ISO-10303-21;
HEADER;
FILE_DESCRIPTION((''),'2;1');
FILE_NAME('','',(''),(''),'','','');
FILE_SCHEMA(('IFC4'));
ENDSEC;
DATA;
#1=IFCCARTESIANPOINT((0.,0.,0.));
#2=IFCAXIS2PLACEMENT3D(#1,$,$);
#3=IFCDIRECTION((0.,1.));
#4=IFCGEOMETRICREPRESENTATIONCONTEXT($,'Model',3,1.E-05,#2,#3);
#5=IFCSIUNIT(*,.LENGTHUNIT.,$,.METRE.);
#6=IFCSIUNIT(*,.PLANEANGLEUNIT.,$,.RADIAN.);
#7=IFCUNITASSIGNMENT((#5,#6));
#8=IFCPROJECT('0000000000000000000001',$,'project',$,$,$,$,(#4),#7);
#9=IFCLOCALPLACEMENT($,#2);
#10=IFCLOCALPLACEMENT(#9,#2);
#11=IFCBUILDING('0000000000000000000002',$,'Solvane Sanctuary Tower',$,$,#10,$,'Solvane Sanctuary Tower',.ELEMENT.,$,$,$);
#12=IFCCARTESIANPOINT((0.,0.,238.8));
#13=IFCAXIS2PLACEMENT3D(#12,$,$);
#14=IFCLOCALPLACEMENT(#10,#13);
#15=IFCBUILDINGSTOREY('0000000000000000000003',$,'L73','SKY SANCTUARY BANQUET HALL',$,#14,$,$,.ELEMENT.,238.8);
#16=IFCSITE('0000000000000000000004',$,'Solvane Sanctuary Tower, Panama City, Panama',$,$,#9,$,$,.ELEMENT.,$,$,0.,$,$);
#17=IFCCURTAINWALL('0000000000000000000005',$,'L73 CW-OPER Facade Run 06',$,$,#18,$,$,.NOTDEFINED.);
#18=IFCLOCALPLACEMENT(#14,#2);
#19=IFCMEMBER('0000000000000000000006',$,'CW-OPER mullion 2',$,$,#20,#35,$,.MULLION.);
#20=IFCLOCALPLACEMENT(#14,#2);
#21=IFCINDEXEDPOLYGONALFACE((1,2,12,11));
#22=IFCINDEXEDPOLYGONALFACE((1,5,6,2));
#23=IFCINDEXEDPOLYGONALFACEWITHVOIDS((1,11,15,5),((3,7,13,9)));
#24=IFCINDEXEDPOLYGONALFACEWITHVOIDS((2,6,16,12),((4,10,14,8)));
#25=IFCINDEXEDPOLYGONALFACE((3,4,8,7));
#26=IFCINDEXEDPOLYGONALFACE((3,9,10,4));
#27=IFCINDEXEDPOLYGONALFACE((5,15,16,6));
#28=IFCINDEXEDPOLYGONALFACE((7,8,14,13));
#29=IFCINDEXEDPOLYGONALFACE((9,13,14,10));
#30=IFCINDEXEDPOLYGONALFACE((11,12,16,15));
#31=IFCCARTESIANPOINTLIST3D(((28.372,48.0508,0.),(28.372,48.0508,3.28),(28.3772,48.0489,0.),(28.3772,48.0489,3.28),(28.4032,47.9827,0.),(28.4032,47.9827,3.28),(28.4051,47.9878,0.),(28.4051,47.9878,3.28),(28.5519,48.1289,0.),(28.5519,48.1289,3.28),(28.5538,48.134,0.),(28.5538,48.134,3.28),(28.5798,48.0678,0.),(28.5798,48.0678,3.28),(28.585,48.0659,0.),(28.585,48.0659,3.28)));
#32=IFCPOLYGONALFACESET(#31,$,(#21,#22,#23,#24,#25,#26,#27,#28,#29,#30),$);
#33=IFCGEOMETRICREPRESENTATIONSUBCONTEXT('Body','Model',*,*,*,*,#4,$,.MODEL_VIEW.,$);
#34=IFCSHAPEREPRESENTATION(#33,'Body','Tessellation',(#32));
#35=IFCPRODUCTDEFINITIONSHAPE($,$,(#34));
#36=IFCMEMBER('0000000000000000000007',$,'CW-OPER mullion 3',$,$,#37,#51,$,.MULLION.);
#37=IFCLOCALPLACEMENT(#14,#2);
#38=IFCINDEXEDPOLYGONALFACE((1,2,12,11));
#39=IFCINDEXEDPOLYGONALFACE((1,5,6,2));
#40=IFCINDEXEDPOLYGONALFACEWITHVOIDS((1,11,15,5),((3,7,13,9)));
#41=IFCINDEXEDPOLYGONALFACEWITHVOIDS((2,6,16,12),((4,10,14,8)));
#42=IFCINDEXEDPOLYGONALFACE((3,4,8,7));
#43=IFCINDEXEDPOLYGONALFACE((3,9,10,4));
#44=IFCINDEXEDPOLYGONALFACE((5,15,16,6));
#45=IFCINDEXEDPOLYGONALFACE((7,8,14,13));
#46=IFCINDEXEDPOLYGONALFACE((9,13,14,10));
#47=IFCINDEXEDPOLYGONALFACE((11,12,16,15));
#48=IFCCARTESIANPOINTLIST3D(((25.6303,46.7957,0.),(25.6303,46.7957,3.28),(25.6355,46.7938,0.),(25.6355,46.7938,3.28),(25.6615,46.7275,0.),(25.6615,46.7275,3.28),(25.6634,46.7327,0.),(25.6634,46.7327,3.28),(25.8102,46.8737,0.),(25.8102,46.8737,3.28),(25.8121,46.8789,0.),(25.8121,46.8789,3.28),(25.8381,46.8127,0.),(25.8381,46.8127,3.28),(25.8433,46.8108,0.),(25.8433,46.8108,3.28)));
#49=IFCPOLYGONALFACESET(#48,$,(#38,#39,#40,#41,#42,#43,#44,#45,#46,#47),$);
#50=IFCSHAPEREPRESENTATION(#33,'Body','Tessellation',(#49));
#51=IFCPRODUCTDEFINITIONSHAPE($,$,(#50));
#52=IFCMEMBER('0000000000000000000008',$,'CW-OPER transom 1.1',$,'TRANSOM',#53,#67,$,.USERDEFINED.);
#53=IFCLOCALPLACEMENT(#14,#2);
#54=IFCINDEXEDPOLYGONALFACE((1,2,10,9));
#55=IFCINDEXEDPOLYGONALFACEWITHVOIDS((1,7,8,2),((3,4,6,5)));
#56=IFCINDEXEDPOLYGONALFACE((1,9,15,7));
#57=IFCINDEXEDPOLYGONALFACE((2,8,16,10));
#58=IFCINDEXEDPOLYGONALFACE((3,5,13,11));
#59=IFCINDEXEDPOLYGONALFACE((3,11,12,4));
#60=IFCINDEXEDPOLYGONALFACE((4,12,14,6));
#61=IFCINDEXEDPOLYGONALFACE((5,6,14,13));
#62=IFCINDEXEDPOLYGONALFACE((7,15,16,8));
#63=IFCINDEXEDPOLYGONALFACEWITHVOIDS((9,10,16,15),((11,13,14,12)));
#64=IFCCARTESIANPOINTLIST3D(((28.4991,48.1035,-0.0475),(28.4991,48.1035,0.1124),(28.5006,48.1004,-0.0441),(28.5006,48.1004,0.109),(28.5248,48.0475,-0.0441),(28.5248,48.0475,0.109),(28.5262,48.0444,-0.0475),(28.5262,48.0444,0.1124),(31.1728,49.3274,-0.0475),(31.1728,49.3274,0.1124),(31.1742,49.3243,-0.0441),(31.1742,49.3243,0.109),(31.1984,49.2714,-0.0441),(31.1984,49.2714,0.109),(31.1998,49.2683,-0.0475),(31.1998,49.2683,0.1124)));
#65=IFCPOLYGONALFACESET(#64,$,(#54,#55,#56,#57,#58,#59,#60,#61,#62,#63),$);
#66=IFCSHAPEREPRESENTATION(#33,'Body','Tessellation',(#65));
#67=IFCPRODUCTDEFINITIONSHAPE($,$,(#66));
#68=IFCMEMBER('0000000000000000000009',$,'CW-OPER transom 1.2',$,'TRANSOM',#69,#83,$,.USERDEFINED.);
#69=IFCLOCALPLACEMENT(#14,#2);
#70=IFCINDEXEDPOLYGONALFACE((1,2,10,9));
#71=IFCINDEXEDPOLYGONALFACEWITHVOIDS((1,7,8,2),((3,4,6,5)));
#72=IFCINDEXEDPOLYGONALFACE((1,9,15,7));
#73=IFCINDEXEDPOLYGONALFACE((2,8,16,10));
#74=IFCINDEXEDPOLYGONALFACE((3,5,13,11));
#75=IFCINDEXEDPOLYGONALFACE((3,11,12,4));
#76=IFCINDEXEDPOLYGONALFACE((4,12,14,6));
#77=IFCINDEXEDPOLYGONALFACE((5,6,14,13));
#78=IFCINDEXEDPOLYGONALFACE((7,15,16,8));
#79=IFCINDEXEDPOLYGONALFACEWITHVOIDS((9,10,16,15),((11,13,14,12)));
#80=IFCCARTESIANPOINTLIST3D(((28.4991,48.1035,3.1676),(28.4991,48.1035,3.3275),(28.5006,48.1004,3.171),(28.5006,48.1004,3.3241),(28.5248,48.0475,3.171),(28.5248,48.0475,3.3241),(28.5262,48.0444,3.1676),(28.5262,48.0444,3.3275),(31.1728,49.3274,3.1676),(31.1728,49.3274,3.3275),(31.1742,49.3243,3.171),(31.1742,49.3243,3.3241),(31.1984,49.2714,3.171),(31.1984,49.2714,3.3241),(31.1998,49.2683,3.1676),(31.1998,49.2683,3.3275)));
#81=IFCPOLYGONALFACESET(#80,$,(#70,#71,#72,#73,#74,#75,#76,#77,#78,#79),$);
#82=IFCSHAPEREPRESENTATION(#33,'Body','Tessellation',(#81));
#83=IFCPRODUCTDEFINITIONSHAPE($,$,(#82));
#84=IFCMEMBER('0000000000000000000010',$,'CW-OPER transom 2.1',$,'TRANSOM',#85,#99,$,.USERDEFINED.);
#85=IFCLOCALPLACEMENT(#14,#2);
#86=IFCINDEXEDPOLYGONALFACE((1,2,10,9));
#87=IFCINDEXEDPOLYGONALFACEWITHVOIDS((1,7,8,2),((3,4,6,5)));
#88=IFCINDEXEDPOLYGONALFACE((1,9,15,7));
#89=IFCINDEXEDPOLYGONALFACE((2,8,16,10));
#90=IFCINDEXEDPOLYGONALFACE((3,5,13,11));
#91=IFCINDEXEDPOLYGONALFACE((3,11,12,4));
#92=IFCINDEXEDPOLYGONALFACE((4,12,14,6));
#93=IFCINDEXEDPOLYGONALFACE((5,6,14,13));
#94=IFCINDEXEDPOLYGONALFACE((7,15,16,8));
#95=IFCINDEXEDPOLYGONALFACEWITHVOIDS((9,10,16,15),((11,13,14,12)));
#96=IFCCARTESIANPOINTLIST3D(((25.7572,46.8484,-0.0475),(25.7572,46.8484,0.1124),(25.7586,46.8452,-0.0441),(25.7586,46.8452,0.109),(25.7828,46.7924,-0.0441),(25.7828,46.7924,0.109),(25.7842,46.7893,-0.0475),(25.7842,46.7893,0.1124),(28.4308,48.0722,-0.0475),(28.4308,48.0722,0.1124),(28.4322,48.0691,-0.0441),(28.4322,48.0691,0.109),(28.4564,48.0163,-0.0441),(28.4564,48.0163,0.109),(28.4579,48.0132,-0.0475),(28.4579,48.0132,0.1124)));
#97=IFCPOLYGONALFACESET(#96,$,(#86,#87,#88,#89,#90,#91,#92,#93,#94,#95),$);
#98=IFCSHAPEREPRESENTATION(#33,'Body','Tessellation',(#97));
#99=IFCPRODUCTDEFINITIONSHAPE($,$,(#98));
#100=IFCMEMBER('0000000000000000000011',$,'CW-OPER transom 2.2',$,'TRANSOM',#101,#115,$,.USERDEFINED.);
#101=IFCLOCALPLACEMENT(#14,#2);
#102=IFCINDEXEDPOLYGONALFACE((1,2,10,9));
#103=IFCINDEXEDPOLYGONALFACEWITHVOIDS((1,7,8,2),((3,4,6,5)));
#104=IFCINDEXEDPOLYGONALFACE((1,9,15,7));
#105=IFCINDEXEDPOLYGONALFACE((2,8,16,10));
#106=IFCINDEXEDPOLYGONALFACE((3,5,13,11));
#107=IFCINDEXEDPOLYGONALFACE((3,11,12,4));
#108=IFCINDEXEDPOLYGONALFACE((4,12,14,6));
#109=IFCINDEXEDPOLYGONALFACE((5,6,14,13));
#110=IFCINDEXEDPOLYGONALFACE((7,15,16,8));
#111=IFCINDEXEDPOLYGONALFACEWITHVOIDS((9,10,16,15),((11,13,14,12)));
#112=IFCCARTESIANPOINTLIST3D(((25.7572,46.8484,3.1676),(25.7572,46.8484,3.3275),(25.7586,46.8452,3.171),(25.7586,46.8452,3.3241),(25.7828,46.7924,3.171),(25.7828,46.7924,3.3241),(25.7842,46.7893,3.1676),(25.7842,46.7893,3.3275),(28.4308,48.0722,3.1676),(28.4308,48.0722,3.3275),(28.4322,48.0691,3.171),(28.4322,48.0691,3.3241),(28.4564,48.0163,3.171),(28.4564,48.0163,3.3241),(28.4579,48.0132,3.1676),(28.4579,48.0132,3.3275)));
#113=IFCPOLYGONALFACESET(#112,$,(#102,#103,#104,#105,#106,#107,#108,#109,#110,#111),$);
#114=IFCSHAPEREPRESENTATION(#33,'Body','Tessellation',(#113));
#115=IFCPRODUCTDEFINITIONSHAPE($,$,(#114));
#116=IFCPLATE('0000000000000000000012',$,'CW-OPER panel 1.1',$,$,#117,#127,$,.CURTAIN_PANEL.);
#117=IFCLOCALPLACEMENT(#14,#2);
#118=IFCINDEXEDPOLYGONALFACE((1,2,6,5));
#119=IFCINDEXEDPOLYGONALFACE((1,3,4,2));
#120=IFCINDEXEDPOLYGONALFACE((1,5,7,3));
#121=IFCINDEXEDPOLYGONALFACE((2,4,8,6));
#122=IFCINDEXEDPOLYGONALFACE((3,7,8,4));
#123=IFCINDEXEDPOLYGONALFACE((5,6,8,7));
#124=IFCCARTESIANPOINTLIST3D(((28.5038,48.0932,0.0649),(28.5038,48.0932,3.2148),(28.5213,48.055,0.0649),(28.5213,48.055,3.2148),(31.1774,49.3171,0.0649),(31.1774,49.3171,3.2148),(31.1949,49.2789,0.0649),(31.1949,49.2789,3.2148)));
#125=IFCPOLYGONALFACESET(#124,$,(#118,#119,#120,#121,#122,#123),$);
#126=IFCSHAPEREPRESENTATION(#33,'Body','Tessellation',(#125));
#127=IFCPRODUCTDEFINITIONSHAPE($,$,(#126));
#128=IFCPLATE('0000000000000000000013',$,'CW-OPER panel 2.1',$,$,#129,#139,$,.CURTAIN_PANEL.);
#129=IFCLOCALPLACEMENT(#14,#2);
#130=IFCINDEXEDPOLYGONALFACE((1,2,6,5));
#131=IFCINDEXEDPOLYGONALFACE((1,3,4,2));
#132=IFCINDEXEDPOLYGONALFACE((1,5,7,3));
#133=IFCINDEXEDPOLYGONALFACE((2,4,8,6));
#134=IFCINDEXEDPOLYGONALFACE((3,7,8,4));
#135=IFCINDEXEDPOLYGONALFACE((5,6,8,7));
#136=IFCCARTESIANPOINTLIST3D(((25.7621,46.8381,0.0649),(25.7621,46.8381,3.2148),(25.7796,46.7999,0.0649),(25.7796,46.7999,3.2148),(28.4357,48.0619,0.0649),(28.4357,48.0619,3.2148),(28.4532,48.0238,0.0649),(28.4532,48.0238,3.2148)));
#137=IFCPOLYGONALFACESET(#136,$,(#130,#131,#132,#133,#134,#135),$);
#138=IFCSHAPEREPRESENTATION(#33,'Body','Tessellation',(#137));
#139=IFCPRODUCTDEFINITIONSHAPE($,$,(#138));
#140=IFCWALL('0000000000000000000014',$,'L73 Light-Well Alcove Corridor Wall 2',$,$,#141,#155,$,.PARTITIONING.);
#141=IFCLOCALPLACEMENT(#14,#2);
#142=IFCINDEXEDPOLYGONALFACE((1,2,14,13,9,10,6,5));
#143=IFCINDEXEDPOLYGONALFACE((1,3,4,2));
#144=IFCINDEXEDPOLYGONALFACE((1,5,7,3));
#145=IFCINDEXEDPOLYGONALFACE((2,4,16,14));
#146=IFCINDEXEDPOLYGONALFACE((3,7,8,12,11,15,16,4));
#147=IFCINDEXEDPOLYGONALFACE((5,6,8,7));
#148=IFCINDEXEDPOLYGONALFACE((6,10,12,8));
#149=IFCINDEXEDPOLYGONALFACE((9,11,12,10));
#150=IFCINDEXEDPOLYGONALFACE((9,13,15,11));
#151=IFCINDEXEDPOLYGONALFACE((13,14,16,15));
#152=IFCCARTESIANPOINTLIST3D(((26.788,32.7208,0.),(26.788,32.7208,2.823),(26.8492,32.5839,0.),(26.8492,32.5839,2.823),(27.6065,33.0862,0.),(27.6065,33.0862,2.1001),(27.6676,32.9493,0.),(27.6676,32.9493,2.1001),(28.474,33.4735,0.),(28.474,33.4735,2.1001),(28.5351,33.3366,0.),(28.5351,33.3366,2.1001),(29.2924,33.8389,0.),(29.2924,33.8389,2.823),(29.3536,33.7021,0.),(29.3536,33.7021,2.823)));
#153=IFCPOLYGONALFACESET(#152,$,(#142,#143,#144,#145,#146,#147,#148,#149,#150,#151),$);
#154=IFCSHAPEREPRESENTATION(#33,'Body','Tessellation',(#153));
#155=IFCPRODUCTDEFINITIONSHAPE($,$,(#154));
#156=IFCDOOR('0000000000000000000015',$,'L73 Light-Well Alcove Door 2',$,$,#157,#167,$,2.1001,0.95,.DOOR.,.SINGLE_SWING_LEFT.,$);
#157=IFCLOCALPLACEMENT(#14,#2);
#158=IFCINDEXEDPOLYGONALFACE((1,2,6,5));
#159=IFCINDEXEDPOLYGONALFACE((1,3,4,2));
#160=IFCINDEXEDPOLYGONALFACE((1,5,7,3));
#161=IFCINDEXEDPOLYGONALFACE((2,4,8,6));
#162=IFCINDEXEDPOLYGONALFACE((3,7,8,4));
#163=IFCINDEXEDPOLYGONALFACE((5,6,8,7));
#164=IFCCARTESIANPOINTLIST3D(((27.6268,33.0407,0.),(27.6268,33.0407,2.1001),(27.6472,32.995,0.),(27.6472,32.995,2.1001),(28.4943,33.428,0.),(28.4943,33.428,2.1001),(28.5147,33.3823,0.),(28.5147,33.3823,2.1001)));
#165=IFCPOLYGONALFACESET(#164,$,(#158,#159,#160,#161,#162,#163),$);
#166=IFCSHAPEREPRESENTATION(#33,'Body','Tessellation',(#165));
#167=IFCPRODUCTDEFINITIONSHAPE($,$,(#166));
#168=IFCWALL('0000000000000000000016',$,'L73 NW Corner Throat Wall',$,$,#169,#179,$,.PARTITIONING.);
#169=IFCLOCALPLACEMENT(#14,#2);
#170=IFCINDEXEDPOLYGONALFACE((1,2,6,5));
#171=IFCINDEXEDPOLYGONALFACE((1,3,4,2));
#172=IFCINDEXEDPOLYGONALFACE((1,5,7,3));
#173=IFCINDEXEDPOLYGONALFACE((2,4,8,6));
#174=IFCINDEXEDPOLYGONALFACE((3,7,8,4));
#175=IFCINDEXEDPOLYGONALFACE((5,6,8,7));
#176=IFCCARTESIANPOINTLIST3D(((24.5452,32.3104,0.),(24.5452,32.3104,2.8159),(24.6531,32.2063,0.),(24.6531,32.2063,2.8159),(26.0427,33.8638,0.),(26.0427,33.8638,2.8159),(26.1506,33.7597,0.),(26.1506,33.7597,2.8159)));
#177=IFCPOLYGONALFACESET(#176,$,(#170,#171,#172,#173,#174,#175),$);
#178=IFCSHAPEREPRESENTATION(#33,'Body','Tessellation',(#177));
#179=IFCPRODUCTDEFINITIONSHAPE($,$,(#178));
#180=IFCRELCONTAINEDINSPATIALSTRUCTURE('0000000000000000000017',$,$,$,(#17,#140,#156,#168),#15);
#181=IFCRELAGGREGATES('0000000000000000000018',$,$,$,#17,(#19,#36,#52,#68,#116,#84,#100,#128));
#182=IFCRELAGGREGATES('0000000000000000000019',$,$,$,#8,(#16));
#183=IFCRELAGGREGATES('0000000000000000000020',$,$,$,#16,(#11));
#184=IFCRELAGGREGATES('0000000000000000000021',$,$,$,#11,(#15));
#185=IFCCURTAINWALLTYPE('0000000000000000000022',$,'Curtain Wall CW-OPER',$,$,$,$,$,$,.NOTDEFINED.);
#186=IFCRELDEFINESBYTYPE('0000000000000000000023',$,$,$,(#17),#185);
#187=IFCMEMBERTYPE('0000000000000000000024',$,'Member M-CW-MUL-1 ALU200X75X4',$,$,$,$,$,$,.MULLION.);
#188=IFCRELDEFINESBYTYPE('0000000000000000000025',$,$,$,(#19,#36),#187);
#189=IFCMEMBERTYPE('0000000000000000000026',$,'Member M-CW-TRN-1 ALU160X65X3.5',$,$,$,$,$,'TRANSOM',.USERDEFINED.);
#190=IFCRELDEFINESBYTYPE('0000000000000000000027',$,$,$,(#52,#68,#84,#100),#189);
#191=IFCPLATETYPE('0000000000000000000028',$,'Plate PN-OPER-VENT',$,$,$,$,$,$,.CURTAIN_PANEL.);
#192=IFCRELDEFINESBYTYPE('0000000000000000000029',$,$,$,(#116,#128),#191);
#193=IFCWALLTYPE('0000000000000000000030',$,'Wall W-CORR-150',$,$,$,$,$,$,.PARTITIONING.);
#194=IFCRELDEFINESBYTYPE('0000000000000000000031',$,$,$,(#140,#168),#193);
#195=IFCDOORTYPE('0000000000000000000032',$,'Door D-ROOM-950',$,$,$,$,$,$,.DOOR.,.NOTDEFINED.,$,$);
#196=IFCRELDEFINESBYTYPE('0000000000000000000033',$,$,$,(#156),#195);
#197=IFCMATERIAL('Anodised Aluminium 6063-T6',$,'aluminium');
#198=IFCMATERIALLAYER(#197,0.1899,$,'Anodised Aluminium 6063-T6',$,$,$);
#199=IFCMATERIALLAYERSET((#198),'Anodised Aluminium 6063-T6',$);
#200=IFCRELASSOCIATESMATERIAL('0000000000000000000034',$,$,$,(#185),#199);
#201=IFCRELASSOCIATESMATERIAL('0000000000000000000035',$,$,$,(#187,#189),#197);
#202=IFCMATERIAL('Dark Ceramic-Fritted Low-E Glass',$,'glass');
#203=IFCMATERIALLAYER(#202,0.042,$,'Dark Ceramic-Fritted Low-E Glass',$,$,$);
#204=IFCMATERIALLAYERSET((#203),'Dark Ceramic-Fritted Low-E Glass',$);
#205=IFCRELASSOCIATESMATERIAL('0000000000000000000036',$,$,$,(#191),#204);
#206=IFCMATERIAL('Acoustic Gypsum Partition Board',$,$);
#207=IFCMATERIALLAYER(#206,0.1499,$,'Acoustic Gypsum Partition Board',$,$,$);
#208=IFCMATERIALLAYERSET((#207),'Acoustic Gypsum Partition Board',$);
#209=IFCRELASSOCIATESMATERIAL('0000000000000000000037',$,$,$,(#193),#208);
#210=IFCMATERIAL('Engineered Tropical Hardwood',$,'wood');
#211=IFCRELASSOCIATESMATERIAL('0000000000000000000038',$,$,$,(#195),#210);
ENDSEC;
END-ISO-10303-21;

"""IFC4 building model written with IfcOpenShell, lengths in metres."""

from ifc_helpers import new_model, si_unit, direction, frame, frame_2d, origin, origin_2d, place, context, subcontext, project, spatial, rectangle, hollow_rectangle, extrude, material, layer, layer_set, material_profile, profile_set, type_object, element, fill, aggregate, save


model = new_model("IFC4")

# Units and contexts
model_context = context("Model", 3, precision=1e-05, world=origin(), true_north=direction((0.0, 1.0)))
body_context = subcontext(model_context, "Body", "Model", "MODEL_VIEW")
ifc_project = project(units=[si_unit("LENGTHUNIT", "METRE"), si_unit("PLANEANGLEUNIT", "RADIAN")], contexts=[model_context])

# Site, building, storey
site_placement = place(None, origin())
site = spatial("IfcSite", under=ifc_project, at=site_placement, Name="Solvane Sanctuary Tower, Panama City, Panama", CompositionType="ELEMENT", RefElevation=0.0)
building_placement = place(site_placement, origin())
building = spatial("IfcBuilding", under=site, at=building_placement, Name="Solvane Sanctuary Tower", LongName="Solvane Sanctuary Tower", CompositionType="ELEMENT")
storey_placement = place(building_placement, frame((0.0, 0.0, 238.8)))
storey = spatial("IfcBuildingStorey", under=building, at=storey_placement, Name="L73", Description="SKY SANCTUARY BANQUET HALL", CompositionType="ELEMENT", Elevation=238.8)

# Curtain wall, members, plates
ifc_material_1 = material(Name="Anodised Aluminium 6063-T6", Category="aluminium")
ifc_layer_1 = layer(ifc_material_1, 0.1899, Name="Anodised Aluminium 6063-T6")
ifc_layer_set_1 = layer_set([ifc_layer_1], Name="Anodised Aluminium 6063-T6")
curtain_wall_type = type_object("IfcCurtainWallType", Name="Curtain Wall CW-OPER", PredefinedType="NOTDEFINED", material=ifc_layer_set_1)
curtain_wall_placement = place(storey_placement, origin())
curtain_wall = element("IfcCurtainWall", 1, at=curtain_wall_placement, inside=storey, type_object=curtain_wall_type, Name="L73 CW-OPER Facade Run 06", PredefinedType="NOTDEFINED")
ifc_material_profile_1 = material_profile(ifc_material_1, hollow_rectangle(XDim=0.075, YDim=0.2, WallThickness=0.0039, at=origin_2d()), Name="ALU200X75X4")
ifc_profile_set_1 = profile_set([ifc_material_profile_1], Name="Anodised Aluminium 6063-T6")
member_type_1 = type_object("IfcMemberType", Name="Member M-CW-MUL-1 ALU200X75X4", PredefinedType="MULLION", material=ifc_profile_set_1)
member_1_placement = place(storey_placement, frame((28.4785, 48.0583, 0.0), z_axis=(0.0, 0.0, 1.0), x_axis=(0.416225, -0.909262, 0.0)))
member_1 = element("IfcMember", 2, at=member_1_placement, type_object=member_type_1, Name="CW-OPER mullion 2", PredefinedType="MULLION", context=body_context, shape_type="SweptSolid", body=[
    extrude(hollow_rectangle(XDim=0.075, YDim=0.2, WallThickness=0.0039, at=origin_2d()), origin(), (0.0, 0.0, 1.0), 3.28),
])
member_2_placement = place(storey_placement, frame((25.7368, 46.8032, 0.0), z_axis=(0.0, 0.0, 1.0), x_axis=(0.416225, -0.909262, 0.0)))
member_2 = element("IfcMember", 3, at=member_2_placement, type_object=member_type_1, Name="CW-OPER mullion 3", PredefinedType="MULLION", context=body_context, shape_type="SweptSolid", body=[
    extrude(hollow_rectangle(XDim=0.075, YDim=0.2, WallThickness=0.0039, at=origin_2d()), origin(), (0.0, 0.0, 1.0), 3.28),
])
ifc_material_profile_2 = material_profile(ifc_material_1, hollow_rectangle(XDim=0.0649, YDim=0.1599, WallThickness=0.0034, at=origin_2d()), Name="ALU160X65X3.5")
ifc_profile_set_2 = profile_set([ifc_material_profile_2], Name="Anodised Aluminium 6063-T6")
member_type_2 = type_object("IfcMemberType", Name="Member M-CW-TRN-1 ALU160X65X3.5", ElementType="TRANSOM", PredefinedType="USERDEFINED", material=ifc_profile_set_2)
member_3_placement = place(storey_placement, frame((31.1863, 49.2979, 0.0325), z_axis=(-0.90926, -0.416229, 0.0), x_axis=(0.416229, -0.90926, 0.0)))
member_3 = element("IfcMember", 4, at=member_3_placement, type_object=member_type_2, Name="CW-OPER transom 1.1", ObjectType="TRANSOM", PredefinedType="USERDEFINED", context=body_context, shape_type="SweptSolid", body=[
    extrude(hollow_rectangle(XDim=0.0649, YDim=0.1599, WallThickness=0.0034, at=origin_2d()), origin(), (0.0, 0.0, 1.0), 2.9404),
])
member_4_placement = place(storey_placement, frame((31.1863, 49.2979, 3.2476), z_axis=(-0.90926, -0.416229, 0.0), x_axis=(0.416229, -0.90926, 0.0)))
member_4 = element("IfcMember", 5, at=member_4_placement, type_object=member_type_2, Name="CW-OPER transom 1.2", ObjectType="TRANSOM", PredefinedType="USERDEFINED", context=body_context, shape_type="SweptSolid", body=[
    extrude(hollow_rectangle(XDim=0.0649, YDim=0.1599, WallThickness=0.0034, at=origin_2d()), origin(), (0.0, 0.0, 1.0), 2.9404),
])
member_5_placement = place(storey_placement, frame((28.4443, 48.0427, 0.0325), z_axis=(-0.90926, -0.416229, 0.0), x_axis=(0.416229, -0.90926, 0.0)))
member_5 = element("IfcMember", 6, at=member_5_placement, type_object=member_type_2, Name="CW-OPER transom 2.1", ObjectType="TRANSOM", PredefinedType="USERDEFINED", context=body_context, shape_type="SweptSolid", body=[
    extrude(hollow_rectangle(XDim=0.0649, YDim=0.1599, WallThickness=0.0034, at=origin_2d()), origin(), (0.0, 0.0, 1.0), 2.9404),
])
member_6_placement = place(storey_placement, frame((28.4443, 48.0427, 3.2476), z_axis=(-0.90926, -0.416229, 0.0), x_axis=(0.416229, -0.90926, 0.0)))
member_6 = element("IfcMember", 7, at=member_6_placement, type_object=member_type_2, Name="CW-OPER transom 2.2", ObjectType="TRANSOM", PredefinedType="USERDEFINED", context=body_context, shape_type="SweptSolid", body=[
    extrude(hollow_rectangle(XDim=0.0649, YDim=0.1599, WallThickness=0.0034, at=origin_2d()), origin(), (0.0, 0.0, 1.0), 2.9404),
])
ifc_material_2 = material(Name="Dark Ceramic-Fritted Low-E Glass", Category="glass")
ifc_layer_2 = layer(ifc_material_2, 0.042, Name="Dark Ceramic-Fritted Low-E Glass")
ifc_layer_set_2 = layer_set([ifc_layer_2], Name="Dark Ceramic-Fritted Low-E Glass")
plate_type = type_object("IfcPlateType", Name="Plate PN-OPER-VENT", PredefinedType="CURTAIN_PANEL", material=ifc_layer_set_2)
plate_1_placement = place(storey_placement, frame((29.8494, 48.686, 0.0649), z_axis=(0.0, 0.0, 1.0), x_axis=(-0.909262, -0.416225, 0.0)))
plate_1 = element("IfcPlate", 8, at=plate_1_placement, type_object=plate_type, Name="CW-OPER panel 1.1", PredefinedType="CURTAIN_PANEL", context=body_context, shape_type="SweptSolid", body=[
    extrude(rectangle(XDim=2.9404, YDim=0.042, at=origin_2d()), origin(), (0.0, 0.0, 1.0), 3.1499),
])
plate_2_placement = place(storey_placement, frame((27.1077, 47.4309, 0.0649), z_axis=(0.0, 0.0, 1.0), x_axis=(-0.909262, -0.416225, 0.0)))
plate_2 = element("IfcPlate", 9, at=plate_2_placement, type_object=plate_type, Name="CW-OPER panel 2.1", PredefinedType="CURTAIN_PANEL", context=body_context, shape_type="SweptSolid", body=[
    extrude(rectangle(XDim=2.9404, YDim=0.042, at=origin_2d()), origin(), (0.0, 0.0, 1.0), 3.1499),
])
aggregate(curtain_wall, [member_1, member_2, member_3, member_4, plate_1, member_5, member_6, plate_2])

# Wall, opening, door
ifc_material_3 = material(Name="Acoustic Gypsum Partition Board")
ifc_layer_3 = layer(ifc_material_3, 0.1499, Name="Acoustic Gypsum Partition Board")
ifc_layer_set_3 = layer_set([ifc_layer_3], Name="Acoustic Gypsum Partition Board")
wall_type_1 = type_object("IfcWallType", Name="Wall W-CORR-150", PredefinedType="PARTITIONING", material=ifc_layer_set_3)
wall_1_placement = place(storey_placement, frame((29.323, 33.7705, 0.0), z_axis=(0.0, 0.0, 1.0), x_axis=(-0.91312, -0.407691, 0.0)))
wall_1 = element("IfcWall", 10, at=wall_1_placement, inside=storey, type_object=wall_type_1, Name="L73 Light-Well Alcove Corridor Wall 2", PredefinedType="PARTITIONING", context=body_context, shape_type="SweptSolid", body=[
    extrude(rectangle(XDim=2.7427, YDim=0.1499, at=frame_2d((1.3713, 0.0))), origin(), (0.0, 0.0, 1.0), 2.823),
])
opening_1_placement = place(wall_1_placement, frame((0.8962, 0.0, 0.0)))
opening_1 = element("IfcOpeningElement", 11, at=opening_1_placement, cuts=wall_1, PredefinedType="OPENING", context=body_context, shape_type="SweptSolid", body=[
    extrude(rectangle(XDim=0.95, YDim=2.1001, at=frame_2d((0.4751, 1.05))), frame((0.0, 0.085, 0.0), z_axis=(0.0, -1.0, 0.0), x_axis=(1.0, 0.0, 0.0)), (0.0, 0.0, 1.0), 0.1699),
])
ifc_material_4 = material(Name="Engineered Tropical Hardwood", Category="wood")
door_type_1 = type_object("IfcDoorType", Name="Door D-ROOM-950", OperationType="NOTDEFINED", PredefinedType="DOOR", material=ifc_material_4)
door_1_placement = place(opening_1_placement, origin())
door_1 = element("IfcDoor", 12, at=door_1_placement, inside=storey, type_object=door_type_1, Name="L73 Light-Well Alcove Door 2", OperationType="SINGLE_SWING_LEFT", OverallHeight=2.1001, OverallWidth=0.95, PredefinedType="DOOR", context=body_context, shape_type="SweptSolid", body=[
    extrude(rectangle(XDim=0.95, YDim=2.1001, at=frame_2d((0.4751, 1.05))), frame((0.0, 0.0249, 0.0), z_axis=(0.0, -1.0, 0.0), x_axis=(1.0, 0.0, 0.0)), (0.0, 0.0, 1.0), 0.05),
])
fill(opening_1, door_1)

# Wall
wall_2_placement = place(storey_placement, frame((26.0967, 33.8118, 0.0), z_axis=(0.0, 0.0, 1.0), x_axis=(-0.694033, -0.719943, 0.0)))
element("IfcWall", 13, at=wall_2_placement, inside=storey, type_object=wall_type_1, Name="L73 NW Corner Throat Wall", PredefinedType="PARTITIONING", context=body_context, shape_type="SweptSolid", body=[
    extrude(rectangle(XDim=2.1577, YDim=0.1499, at=frame_2d((1.0789, 0.0))), origin(), (0.0, 0.0, 1.0), 2.8159),
])

save(model, "model.ifc")
